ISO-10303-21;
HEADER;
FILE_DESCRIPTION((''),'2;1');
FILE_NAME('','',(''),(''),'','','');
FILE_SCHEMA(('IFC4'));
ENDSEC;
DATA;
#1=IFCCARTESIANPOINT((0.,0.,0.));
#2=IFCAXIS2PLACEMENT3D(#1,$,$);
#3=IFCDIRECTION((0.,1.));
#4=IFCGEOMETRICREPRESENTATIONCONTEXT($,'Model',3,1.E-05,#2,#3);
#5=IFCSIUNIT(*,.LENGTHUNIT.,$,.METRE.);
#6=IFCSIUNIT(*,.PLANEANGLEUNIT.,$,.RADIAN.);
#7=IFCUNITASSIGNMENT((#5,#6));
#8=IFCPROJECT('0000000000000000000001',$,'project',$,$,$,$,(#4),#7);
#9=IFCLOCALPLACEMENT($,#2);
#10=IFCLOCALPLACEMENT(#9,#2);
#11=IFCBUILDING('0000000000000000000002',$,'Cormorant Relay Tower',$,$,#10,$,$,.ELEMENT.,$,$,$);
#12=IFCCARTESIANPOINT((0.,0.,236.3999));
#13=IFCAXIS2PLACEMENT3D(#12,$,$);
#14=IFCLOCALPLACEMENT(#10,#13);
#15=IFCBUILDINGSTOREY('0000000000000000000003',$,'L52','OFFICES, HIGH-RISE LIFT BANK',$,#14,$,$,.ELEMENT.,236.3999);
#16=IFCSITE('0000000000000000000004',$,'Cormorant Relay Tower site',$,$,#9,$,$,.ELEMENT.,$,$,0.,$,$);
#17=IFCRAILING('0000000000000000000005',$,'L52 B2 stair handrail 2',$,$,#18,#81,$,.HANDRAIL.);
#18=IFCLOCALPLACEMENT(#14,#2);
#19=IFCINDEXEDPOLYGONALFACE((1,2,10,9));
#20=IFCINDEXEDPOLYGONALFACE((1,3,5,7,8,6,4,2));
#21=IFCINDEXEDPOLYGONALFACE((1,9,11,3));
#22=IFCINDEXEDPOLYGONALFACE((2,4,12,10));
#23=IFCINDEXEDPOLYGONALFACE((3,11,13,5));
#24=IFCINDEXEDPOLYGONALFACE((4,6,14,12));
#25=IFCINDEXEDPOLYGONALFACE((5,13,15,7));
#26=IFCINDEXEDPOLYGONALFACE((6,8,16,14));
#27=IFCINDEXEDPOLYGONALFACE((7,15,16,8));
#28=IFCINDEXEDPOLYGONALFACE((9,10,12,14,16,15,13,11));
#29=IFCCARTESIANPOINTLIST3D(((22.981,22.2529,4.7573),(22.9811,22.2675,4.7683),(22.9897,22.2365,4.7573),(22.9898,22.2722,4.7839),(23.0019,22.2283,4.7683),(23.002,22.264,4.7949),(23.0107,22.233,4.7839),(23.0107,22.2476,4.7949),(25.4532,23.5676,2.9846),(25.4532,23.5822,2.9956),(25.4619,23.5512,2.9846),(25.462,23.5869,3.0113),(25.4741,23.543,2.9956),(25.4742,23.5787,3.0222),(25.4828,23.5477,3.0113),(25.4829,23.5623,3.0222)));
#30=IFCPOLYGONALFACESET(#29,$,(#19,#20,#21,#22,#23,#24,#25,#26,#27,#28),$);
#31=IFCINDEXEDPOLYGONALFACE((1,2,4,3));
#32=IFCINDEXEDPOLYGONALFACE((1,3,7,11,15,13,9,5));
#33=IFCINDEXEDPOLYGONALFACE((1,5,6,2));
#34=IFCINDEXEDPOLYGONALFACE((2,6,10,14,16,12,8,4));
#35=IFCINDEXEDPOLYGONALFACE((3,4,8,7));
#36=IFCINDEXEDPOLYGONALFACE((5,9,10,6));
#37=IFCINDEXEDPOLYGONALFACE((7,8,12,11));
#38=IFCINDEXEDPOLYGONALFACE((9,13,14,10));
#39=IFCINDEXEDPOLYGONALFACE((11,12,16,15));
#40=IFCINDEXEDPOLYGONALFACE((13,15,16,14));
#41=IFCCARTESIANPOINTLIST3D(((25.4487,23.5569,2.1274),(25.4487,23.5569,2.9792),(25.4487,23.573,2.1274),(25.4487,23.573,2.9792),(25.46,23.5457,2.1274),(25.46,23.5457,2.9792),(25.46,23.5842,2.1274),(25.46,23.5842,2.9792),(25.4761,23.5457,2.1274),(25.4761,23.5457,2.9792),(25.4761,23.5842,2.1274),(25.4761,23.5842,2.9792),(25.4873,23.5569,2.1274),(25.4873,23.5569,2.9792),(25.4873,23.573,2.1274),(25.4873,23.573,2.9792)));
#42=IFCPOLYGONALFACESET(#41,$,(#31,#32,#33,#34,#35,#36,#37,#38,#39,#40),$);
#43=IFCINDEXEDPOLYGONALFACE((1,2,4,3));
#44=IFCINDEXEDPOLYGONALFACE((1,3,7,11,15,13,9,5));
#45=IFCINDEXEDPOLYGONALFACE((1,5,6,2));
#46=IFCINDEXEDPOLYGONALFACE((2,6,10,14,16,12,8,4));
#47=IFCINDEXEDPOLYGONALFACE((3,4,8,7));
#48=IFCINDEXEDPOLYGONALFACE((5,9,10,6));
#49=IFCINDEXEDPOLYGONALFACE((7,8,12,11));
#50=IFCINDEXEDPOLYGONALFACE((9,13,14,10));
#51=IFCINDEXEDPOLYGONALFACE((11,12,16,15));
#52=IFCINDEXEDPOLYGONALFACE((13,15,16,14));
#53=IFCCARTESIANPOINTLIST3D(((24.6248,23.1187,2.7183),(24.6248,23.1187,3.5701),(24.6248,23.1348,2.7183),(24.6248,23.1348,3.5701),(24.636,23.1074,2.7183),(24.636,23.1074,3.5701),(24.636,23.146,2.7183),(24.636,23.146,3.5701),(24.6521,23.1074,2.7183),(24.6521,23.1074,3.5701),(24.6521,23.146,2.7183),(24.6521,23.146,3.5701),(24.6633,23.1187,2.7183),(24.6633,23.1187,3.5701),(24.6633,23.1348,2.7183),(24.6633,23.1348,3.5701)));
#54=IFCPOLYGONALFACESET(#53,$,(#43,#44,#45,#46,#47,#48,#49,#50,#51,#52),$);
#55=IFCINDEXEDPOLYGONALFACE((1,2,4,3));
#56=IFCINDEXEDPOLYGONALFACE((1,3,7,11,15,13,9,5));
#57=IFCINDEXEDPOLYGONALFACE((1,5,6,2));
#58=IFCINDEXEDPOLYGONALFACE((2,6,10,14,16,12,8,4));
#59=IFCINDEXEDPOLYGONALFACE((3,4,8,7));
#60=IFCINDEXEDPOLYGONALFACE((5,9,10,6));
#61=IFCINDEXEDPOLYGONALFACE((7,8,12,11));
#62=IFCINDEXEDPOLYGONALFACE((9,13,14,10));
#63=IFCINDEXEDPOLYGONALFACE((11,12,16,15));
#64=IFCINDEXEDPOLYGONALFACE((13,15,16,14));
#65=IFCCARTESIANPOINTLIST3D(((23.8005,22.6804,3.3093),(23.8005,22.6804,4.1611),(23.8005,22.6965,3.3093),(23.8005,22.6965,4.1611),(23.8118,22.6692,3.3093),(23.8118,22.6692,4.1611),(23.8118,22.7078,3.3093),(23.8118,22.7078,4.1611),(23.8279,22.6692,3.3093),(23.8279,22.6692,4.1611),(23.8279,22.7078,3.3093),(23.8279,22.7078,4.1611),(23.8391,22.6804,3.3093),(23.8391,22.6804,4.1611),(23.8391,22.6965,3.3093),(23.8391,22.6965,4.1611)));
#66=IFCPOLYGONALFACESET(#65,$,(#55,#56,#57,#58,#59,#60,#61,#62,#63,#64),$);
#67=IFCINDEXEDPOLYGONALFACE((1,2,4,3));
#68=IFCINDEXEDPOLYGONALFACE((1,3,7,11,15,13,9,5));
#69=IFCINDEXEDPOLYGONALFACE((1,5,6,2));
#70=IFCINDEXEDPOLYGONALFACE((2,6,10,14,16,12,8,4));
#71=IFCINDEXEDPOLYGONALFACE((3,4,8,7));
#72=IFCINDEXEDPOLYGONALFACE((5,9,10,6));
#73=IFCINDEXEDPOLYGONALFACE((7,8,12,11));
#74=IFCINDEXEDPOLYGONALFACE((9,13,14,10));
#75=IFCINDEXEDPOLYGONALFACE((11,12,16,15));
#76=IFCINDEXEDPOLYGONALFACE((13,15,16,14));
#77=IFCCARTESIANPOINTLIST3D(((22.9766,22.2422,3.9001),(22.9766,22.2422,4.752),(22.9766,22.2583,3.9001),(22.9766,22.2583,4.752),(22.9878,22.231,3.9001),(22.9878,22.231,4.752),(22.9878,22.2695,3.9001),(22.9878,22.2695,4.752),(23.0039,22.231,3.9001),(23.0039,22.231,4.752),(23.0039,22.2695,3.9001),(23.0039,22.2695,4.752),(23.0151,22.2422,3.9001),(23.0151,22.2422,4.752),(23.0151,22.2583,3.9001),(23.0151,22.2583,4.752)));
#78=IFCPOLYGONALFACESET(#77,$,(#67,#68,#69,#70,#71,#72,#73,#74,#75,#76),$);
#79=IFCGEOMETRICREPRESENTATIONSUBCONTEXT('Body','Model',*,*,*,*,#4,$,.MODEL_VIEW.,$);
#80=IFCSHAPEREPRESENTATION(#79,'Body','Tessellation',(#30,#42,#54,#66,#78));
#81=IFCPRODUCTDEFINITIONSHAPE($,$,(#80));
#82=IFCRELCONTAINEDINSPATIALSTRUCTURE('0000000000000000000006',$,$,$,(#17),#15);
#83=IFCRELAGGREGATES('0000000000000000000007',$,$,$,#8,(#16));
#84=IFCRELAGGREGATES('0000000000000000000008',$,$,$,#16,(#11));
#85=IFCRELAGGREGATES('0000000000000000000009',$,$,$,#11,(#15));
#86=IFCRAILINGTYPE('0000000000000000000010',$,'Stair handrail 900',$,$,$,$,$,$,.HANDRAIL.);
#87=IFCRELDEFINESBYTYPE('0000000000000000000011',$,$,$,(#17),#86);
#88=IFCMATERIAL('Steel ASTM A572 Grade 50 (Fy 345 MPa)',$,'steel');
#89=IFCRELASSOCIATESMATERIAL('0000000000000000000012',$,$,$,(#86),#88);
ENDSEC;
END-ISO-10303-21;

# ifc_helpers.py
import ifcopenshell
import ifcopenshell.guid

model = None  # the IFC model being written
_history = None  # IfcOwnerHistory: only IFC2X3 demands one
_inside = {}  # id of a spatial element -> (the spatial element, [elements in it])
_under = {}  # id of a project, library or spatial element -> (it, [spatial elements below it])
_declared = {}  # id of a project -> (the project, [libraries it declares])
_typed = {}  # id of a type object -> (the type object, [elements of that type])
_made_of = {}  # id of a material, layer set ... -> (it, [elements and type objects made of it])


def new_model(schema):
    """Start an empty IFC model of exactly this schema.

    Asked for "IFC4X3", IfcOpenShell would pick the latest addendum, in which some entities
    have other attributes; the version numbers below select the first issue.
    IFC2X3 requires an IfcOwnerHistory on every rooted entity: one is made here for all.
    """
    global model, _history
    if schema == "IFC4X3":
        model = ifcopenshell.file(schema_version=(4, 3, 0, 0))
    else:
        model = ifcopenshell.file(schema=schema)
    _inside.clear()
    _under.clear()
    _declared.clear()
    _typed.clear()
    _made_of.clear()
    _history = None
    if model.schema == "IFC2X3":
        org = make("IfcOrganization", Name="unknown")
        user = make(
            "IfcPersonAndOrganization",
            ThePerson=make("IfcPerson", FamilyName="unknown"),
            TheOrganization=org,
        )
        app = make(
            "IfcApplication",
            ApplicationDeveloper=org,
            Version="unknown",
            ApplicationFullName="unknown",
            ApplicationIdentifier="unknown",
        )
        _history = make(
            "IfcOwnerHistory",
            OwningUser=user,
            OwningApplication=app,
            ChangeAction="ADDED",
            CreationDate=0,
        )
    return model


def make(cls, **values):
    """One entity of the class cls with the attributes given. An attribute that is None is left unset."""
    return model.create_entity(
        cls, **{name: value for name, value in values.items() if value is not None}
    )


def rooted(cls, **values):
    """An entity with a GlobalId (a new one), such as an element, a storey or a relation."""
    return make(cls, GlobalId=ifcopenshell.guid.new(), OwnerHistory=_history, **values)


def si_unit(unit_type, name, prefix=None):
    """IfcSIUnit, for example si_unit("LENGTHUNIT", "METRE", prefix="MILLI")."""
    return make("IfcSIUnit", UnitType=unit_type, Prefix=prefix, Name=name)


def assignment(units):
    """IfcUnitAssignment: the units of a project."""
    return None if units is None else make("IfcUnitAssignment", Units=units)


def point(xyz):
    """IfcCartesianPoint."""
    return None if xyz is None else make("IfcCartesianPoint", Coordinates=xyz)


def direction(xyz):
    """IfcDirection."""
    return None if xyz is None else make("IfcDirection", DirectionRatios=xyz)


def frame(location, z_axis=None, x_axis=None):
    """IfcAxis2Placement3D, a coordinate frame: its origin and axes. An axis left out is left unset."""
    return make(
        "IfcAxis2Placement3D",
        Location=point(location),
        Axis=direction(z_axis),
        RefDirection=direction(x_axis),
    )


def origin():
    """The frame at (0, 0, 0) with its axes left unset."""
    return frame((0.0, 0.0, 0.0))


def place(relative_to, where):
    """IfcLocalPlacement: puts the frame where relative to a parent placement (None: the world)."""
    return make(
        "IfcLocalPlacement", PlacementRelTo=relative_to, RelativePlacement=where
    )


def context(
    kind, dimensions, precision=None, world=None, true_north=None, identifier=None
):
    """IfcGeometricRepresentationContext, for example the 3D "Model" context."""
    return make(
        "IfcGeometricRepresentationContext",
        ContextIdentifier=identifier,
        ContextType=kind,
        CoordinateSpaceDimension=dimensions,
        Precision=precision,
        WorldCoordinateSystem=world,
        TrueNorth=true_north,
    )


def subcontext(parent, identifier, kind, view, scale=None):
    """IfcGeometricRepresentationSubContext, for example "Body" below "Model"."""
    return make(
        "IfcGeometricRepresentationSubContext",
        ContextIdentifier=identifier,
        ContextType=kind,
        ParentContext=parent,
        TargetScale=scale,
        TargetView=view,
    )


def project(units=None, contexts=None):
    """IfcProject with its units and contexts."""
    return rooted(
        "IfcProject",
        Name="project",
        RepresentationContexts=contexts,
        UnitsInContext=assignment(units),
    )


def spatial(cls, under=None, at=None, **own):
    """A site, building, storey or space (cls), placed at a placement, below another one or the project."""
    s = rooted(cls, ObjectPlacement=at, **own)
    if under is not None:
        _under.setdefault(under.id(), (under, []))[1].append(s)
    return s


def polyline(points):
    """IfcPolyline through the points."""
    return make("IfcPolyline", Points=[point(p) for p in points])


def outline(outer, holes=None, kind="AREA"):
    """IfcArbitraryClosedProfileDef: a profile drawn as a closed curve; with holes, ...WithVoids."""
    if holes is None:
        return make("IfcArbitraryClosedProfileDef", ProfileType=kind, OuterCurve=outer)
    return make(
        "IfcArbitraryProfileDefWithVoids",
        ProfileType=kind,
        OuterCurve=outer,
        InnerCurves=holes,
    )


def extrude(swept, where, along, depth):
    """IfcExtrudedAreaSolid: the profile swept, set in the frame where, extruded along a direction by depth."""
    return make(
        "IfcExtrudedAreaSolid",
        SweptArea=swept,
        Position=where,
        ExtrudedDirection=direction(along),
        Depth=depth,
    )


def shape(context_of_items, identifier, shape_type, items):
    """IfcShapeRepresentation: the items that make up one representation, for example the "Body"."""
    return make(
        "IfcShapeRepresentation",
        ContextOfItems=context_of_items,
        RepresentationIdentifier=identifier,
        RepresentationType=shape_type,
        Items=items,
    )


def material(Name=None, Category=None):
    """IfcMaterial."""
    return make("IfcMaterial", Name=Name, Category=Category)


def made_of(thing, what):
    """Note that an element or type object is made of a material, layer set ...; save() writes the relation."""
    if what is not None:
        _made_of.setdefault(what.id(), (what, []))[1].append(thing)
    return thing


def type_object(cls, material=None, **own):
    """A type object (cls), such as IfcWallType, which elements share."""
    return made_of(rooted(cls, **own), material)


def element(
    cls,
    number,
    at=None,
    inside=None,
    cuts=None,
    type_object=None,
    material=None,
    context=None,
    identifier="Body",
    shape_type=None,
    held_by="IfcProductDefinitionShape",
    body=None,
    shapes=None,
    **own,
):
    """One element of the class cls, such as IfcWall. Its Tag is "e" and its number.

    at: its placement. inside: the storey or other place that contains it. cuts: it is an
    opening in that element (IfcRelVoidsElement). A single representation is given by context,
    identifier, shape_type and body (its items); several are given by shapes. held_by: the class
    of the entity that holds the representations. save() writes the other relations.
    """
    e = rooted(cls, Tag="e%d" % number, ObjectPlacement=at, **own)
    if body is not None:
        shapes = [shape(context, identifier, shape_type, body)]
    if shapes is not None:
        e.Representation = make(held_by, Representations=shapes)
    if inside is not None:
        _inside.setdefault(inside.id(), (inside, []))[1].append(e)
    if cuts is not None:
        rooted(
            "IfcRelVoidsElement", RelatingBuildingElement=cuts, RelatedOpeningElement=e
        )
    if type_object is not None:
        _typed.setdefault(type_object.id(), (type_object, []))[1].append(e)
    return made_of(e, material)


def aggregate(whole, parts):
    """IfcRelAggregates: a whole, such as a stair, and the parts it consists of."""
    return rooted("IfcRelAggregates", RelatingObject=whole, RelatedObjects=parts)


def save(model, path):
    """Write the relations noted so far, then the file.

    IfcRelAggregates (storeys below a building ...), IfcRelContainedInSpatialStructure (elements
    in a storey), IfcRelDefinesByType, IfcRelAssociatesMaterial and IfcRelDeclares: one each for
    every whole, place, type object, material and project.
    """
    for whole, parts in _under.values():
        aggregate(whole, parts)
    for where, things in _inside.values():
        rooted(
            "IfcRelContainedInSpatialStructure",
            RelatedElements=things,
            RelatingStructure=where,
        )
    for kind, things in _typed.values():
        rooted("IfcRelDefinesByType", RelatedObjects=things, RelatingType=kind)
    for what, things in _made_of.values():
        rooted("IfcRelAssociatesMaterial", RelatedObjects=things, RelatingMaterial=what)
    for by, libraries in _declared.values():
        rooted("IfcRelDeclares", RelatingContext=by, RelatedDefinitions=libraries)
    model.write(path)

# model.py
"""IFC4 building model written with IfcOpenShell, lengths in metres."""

from ifc_helpers import new_model, si_unit, direction, frame, origin, place, context, subcontext, project, spatial, polyline, outline, extrude, material, type_object, element, save


model = new_model("IFC4")

# Units and contexts
model_context = context("Model", 3, precision=1e-05, world=origin(), true_north=direction((0.0, 1.0)))
body_context = subcontext(model_context, "Body", "Model", "MODEL_VIEW")
ifc_project = project(units=[si_unit("LENGTHUNIT", "METRE"), si_unit("PLANEANGLEUNIT", "RADIAN")], contexts=[model_context])

# Site, building, storey
site_placement = place(None, origin())
site = spatial("IfcSite", under=ifc_project, at=site_placement, Name="Cormorant Relay Tower site", CompositionType="ELEMENT", RefElevation=0.0)
building_placement = place(site_placement, origin())
building = spatial("IfcBuilding", under=site, at=building_placement, Name="Cormorant Relay Tower", CompositionType="ELEMENT")
storey_placement = place(building_placement, frame((0.0, 0.0, 236.3999)))
storey = spatial("IfcBuildingStorey", under=building, at=storey_placement, Name="L52", Description="OFFICES, HIGH-RISE LIFT BANK", CompositionType="ELEMENT", Elevation=236.3999)

# Railing
ifc_material_1 = material(Name="Steel ASTM A572 Grade 50 (Fy 345 MPa)", Category="steel")
railing_type = type_object("IfcRailingType", Name="Stair handrail 900", PredefinedType="HANDRAIL", material=ifc_material_1)
railing_placement = place(storey_placement, frame((25.468, 23.5649, 2.1274)))
element("IfcRailing", 1, at=railing_placement, inside=storey, type_object=railing_type, Name="L52 B2 stair handrail 2", PredefinedType="HANDRAIL", context=body_context, shape_type="SweptSolid", body=[
    extrude(outline(polyline([(0.0222, 0.0093), (0.0093, 0.0222), (-0.0093, 0.0222), (-0.0222, 0.0093), (-0.0222, -0.0093), (-0.0093, -0.0222), (0.0093, -0.0222), (0.0222, -0.0093), (0.0222, 0.0093)])), frame((0.0, 0.0, 0.876), z_axis=(-0.745979, -0.396711, 0.534916), x_axis=(0.469533, -0.882915, 0.0)), (0.0, 0.0, 1.0), 3.314),
    extrude(outline(polyline([(0.0193, 0.0081), (0.0081, 0.0193), (-0.0081, 0.0193), (-0.0193, 0.0081), (-0.0193, -0.0081), (-0.0081, -0.0193), (0.0081, -0.0193), (0.0193, -0.0081), (0.0193, 0.0081)])), origin(), (0.0, 0.0, 1.0), 0.8518),
    extrude(outline(polyline([(0.0193, 0.0081), (0.0081, 0.0193), (-0.0081, 0.0193), (-0.0193, 0.0081), (-0.0193, -0.0081), (-0.0081, -0.0193), (0.0081, -0.0193), (0.0193, -0.0081), (0.0193, 0.0081)])), frame((-0.824, -0.4382, 0.5908)), (0.0, 0.0, 1.0), 0.8518),
    extrude(outline(polyline([(0.0193, 0.0081), (0.0081, 0.0193), (-0.0081, 0.0193), (-0.0193, 0.0081), (-0.0193, -0.0081), (-0.0081, -0.0193), (0.0081, -0.0193), (0.0193, -0.0081), (0.0193, 0.0081)])), frame((-1.6482, -0.8765, 1.1819)), (0.0, 0.0, 1.0), 0.8518),
    extrude(outline(polyline([(0.0193, 0.0081), (0.0081, 0.0193), (-0.0081, 0.0193), (-0.0193, 0.0081), (-0.0193, -0.0081), (-0.0081, -0.0193), (0.0081, -0.0193), (0.0193, -0.0081), (0.0193, 0.0081)])), frame((-2.4722, -1.3147, 1.7727)), (0.0, 0.0, 1.0), 0.8518),
])

save(model, "model.ifc")
